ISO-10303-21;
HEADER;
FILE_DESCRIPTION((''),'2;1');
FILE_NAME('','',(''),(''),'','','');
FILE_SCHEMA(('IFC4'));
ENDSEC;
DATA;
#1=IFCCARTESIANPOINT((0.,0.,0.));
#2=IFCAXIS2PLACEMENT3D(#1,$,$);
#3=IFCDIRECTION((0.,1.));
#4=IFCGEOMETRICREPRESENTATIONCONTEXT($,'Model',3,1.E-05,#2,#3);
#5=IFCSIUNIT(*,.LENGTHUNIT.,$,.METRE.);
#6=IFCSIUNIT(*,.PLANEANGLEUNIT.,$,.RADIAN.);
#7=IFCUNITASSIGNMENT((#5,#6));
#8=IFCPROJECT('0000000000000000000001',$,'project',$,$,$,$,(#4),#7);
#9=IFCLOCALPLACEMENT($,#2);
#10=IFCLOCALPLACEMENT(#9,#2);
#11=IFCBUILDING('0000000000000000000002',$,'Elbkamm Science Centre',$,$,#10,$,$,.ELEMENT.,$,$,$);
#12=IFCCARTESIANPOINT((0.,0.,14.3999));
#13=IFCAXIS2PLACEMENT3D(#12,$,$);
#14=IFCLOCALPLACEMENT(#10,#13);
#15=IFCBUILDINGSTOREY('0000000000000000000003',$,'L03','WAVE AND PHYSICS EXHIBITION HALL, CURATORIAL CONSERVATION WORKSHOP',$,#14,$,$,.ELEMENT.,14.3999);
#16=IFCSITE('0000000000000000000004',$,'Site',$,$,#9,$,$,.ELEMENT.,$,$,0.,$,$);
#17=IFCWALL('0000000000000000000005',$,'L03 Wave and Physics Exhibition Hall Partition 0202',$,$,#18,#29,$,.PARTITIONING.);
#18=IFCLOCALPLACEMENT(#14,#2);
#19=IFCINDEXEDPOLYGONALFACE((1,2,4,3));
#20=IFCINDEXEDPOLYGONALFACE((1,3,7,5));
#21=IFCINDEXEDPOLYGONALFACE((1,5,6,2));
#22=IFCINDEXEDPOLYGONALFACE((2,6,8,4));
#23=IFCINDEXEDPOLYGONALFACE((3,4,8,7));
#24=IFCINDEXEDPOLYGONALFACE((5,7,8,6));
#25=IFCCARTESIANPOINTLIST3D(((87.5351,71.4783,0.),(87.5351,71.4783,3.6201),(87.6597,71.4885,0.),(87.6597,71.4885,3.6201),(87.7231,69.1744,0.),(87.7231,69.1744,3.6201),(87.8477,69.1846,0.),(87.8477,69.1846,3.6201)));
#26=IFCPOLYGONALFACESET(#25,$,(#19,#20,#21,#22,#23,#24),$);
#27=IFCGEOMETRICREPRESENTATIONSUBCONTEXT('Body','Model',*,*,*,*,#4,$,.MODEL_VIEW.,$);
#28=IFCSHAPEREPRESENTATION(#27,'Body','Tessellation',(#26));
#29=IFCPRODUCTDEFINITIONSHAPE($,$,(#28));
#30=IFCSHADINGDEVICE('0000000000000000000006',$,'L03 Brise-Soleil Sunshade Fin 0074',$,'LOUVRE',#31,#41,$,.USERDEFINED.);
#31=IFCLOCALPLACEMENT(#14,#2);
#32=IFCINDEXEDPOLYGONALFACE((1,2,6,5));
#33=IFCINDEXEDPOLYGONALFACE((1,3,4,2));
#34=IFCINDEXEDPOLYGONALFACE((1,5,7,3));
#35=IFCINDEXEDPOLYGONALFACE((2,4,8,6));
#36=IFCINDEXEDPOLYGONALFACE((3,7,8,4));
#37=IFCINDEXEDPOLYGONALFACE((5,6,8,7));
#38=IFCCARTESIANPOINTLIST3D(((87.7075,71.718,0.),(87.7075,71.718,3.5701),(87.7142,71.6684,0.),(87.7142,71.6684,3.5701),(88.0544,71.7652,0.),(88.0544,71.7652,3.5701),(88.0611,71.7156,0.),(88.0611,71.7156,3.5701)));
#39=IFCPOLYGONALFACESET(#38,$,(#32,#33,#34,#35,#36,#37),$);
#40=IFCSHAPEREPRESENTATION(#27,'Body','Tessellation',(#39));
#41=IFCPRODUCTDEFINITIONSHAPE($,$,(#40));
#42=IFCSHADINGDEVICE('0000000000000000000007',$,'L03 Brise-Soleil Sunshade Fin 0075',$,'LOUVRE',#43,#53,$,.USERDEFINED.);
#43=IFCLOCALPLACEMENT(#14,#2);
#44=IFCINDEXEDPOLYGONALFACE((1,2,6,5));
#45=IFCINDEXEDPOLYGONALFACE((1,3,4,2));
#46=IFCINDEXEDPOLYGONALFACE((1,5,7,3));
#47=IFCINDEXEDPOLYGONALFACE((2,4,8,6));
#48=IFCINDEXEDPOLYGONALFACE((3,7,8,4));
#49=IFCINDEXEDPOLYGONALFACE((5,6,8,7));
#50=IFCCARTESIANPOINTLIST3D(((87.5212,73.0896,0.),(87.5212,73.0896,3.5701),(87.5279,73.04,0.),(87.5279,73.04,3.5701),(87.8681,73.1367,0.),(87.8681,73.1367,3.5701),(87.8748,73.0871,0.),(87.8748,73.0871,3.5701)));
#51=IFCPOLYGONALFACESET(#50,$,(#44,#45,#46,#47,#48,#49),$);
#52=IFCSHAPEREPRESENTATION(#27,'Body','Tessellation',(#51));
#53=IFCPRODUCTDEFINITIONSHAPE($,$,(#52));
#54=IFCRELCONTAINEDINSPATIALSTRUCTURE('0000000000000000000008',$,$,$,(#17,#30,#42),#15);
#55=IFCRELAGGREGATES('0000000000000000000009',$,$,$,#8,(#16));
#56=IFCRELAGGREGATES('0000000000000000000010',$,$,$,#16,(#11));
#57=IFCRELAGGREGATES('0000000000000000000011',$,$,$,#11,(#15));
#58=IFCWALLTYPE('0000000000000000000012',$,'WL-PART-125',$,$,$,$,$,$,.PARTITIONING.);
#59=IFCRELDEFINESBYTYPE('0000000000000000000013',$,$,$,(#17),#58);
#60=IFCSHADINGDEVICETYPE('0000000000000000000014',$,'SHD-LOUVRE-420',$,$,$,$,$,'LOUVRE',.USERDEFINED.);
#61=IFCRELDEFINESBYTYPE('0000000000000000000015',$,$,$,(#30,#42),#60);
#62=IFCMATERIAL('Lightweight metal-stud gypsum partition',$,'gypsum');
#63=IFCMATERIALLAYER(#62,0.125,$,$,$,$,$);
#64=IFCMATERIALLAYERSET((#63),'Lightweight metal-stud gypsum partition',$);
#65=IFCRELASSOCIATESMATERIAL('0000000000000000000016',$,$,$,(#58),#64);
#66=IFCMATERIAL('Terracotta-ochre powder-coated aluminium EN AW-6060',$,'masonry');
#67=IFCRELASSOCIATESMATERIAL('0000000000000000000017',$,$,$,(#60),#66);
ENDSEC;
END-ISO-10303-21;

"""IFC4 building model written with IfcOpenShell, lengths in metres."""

from ifc_helpers import new_model, si_unit, direction, frame, frame_2d, origin, origin_2d, place, context, subcontext, project, spatial, rectangle, extrude, material, layer, layer_set, type_object, element, save


model = new_model("IFC4")

# Units and contexts
model_context = context("Model", 3, precision=1e-05, world=origin(), true_north=direction((0.0, 1.0)))
body_context = subcontext(model_context, "Body", "Model", "MODEL_VIEW")
ifc_project = project(units=[si_unit("LENGTHUNIT", "METRE"), si_unit("PLANEANGLEUNIT", "RADIAN")], contexts=[model_context])

# Site, building, storey
site_placement = place(None, origin())
site = spatial("IfcSite", under=ifc_project, at=site_placement, Name="Site", CompositionType="ELEMENT", RefElevation=0.0)
building_placement = place(site_placement, origin())
building = spatial("IfcBuilding", under=site, at=building_placement, Name="Elbkamm Science Centre", CompositionType="ELEMENT")
storey_placement = place(building_placement, frame((0.0, 0.0, 14.3999)))
storey = spatial("IfcBuildingStorey", under=building, at=storey_placement, Name="L03", Description="WAVE AND PHYSICS EXHIBITION HALL, CURATORIAL CONSERVATION WORKSHOP", CompositionType="ELEMENT", Elevation=14.3999)

# Wall
ifc_material_1 = material(Name="Lightweight metal-stud gypsum partition", Category="gypsum")
ifc_layer_1 = layer(ifc_material_1, 0.125)
ifc_layer_set_1 = layer_set([ifc_layer_1], Name="Lightweight metal-stud gypsum partition")
wall_type = type_object("IfcWallType", Name="WL-PART-125", PredefinedType="PARTITIONING", material=ifc_layer_set_1)
wall_placement = place(storey_placement, frame((87.5974, 71.4834, 0.0), z_axis=(0.0, 0.0, 1.0), x_axis=(0.081323, -0.996688, 0.0)))
element("IfcWall", 1, at=wall_placement, inside=storey, type_object=wall_type, Name="L03 Wave and Physics Exhibition Hall Partition 0202", PredefinedType="PARTITIONING", context=body_context, shape_type="SweptSolid", body=[
    extrude(rectangle(XDim=2.3115, YDim=0.125, at=frame_2d((1.1558, 0.0))), origin(), (0.0, 0.0, 1.0), 3.6201),
])

# Shading devices
ifc_material_2 = material(Name="Terracotta-ochre powder-coated aluminium EN AW-6060", Category="masonry")
shading_device_type = type_object("IfcShadingDeviceType", Name="SHD-LOUVRE-420", ElementType="LOUVRE", PredefinedType="USERDEFINED", material=ifc_material_2)
for number, where, z_axis, x_axis, name in (
    (2, (87.8843, 71.7168, 0.0), (0.0, 0.0, 1.0), (-0.990903, -0.134576, 0.0), "L03 Brise-Soleil Sunshade Fin 0074"),
    (3, (87.698, 73.0884, 0.0), (0.0, 0.0, 1.0), (-0.990903, -0.134576, 0.0), "L03 Brise-Soleil Sunshade Fin 0075"),
):
    element("IfcShadingDevice", number, at=place(storey_placement, frame(where, z_axis=z_axis, x_axis=x_axis)), inside=storey, type_object=shading_device_type, Name=name, ObjectType="LOUVRE", PredefinedType="USERDEFINED", context=body_context, shape_type="SweptSolid", body=[
        extrude(rectangle(XDim=0.3501, YDim=0.05, at=origin_2d()), origin(), (0.0, 0.0, 1.0), 3.5701),
    ])

save(model, "model.ifc")
